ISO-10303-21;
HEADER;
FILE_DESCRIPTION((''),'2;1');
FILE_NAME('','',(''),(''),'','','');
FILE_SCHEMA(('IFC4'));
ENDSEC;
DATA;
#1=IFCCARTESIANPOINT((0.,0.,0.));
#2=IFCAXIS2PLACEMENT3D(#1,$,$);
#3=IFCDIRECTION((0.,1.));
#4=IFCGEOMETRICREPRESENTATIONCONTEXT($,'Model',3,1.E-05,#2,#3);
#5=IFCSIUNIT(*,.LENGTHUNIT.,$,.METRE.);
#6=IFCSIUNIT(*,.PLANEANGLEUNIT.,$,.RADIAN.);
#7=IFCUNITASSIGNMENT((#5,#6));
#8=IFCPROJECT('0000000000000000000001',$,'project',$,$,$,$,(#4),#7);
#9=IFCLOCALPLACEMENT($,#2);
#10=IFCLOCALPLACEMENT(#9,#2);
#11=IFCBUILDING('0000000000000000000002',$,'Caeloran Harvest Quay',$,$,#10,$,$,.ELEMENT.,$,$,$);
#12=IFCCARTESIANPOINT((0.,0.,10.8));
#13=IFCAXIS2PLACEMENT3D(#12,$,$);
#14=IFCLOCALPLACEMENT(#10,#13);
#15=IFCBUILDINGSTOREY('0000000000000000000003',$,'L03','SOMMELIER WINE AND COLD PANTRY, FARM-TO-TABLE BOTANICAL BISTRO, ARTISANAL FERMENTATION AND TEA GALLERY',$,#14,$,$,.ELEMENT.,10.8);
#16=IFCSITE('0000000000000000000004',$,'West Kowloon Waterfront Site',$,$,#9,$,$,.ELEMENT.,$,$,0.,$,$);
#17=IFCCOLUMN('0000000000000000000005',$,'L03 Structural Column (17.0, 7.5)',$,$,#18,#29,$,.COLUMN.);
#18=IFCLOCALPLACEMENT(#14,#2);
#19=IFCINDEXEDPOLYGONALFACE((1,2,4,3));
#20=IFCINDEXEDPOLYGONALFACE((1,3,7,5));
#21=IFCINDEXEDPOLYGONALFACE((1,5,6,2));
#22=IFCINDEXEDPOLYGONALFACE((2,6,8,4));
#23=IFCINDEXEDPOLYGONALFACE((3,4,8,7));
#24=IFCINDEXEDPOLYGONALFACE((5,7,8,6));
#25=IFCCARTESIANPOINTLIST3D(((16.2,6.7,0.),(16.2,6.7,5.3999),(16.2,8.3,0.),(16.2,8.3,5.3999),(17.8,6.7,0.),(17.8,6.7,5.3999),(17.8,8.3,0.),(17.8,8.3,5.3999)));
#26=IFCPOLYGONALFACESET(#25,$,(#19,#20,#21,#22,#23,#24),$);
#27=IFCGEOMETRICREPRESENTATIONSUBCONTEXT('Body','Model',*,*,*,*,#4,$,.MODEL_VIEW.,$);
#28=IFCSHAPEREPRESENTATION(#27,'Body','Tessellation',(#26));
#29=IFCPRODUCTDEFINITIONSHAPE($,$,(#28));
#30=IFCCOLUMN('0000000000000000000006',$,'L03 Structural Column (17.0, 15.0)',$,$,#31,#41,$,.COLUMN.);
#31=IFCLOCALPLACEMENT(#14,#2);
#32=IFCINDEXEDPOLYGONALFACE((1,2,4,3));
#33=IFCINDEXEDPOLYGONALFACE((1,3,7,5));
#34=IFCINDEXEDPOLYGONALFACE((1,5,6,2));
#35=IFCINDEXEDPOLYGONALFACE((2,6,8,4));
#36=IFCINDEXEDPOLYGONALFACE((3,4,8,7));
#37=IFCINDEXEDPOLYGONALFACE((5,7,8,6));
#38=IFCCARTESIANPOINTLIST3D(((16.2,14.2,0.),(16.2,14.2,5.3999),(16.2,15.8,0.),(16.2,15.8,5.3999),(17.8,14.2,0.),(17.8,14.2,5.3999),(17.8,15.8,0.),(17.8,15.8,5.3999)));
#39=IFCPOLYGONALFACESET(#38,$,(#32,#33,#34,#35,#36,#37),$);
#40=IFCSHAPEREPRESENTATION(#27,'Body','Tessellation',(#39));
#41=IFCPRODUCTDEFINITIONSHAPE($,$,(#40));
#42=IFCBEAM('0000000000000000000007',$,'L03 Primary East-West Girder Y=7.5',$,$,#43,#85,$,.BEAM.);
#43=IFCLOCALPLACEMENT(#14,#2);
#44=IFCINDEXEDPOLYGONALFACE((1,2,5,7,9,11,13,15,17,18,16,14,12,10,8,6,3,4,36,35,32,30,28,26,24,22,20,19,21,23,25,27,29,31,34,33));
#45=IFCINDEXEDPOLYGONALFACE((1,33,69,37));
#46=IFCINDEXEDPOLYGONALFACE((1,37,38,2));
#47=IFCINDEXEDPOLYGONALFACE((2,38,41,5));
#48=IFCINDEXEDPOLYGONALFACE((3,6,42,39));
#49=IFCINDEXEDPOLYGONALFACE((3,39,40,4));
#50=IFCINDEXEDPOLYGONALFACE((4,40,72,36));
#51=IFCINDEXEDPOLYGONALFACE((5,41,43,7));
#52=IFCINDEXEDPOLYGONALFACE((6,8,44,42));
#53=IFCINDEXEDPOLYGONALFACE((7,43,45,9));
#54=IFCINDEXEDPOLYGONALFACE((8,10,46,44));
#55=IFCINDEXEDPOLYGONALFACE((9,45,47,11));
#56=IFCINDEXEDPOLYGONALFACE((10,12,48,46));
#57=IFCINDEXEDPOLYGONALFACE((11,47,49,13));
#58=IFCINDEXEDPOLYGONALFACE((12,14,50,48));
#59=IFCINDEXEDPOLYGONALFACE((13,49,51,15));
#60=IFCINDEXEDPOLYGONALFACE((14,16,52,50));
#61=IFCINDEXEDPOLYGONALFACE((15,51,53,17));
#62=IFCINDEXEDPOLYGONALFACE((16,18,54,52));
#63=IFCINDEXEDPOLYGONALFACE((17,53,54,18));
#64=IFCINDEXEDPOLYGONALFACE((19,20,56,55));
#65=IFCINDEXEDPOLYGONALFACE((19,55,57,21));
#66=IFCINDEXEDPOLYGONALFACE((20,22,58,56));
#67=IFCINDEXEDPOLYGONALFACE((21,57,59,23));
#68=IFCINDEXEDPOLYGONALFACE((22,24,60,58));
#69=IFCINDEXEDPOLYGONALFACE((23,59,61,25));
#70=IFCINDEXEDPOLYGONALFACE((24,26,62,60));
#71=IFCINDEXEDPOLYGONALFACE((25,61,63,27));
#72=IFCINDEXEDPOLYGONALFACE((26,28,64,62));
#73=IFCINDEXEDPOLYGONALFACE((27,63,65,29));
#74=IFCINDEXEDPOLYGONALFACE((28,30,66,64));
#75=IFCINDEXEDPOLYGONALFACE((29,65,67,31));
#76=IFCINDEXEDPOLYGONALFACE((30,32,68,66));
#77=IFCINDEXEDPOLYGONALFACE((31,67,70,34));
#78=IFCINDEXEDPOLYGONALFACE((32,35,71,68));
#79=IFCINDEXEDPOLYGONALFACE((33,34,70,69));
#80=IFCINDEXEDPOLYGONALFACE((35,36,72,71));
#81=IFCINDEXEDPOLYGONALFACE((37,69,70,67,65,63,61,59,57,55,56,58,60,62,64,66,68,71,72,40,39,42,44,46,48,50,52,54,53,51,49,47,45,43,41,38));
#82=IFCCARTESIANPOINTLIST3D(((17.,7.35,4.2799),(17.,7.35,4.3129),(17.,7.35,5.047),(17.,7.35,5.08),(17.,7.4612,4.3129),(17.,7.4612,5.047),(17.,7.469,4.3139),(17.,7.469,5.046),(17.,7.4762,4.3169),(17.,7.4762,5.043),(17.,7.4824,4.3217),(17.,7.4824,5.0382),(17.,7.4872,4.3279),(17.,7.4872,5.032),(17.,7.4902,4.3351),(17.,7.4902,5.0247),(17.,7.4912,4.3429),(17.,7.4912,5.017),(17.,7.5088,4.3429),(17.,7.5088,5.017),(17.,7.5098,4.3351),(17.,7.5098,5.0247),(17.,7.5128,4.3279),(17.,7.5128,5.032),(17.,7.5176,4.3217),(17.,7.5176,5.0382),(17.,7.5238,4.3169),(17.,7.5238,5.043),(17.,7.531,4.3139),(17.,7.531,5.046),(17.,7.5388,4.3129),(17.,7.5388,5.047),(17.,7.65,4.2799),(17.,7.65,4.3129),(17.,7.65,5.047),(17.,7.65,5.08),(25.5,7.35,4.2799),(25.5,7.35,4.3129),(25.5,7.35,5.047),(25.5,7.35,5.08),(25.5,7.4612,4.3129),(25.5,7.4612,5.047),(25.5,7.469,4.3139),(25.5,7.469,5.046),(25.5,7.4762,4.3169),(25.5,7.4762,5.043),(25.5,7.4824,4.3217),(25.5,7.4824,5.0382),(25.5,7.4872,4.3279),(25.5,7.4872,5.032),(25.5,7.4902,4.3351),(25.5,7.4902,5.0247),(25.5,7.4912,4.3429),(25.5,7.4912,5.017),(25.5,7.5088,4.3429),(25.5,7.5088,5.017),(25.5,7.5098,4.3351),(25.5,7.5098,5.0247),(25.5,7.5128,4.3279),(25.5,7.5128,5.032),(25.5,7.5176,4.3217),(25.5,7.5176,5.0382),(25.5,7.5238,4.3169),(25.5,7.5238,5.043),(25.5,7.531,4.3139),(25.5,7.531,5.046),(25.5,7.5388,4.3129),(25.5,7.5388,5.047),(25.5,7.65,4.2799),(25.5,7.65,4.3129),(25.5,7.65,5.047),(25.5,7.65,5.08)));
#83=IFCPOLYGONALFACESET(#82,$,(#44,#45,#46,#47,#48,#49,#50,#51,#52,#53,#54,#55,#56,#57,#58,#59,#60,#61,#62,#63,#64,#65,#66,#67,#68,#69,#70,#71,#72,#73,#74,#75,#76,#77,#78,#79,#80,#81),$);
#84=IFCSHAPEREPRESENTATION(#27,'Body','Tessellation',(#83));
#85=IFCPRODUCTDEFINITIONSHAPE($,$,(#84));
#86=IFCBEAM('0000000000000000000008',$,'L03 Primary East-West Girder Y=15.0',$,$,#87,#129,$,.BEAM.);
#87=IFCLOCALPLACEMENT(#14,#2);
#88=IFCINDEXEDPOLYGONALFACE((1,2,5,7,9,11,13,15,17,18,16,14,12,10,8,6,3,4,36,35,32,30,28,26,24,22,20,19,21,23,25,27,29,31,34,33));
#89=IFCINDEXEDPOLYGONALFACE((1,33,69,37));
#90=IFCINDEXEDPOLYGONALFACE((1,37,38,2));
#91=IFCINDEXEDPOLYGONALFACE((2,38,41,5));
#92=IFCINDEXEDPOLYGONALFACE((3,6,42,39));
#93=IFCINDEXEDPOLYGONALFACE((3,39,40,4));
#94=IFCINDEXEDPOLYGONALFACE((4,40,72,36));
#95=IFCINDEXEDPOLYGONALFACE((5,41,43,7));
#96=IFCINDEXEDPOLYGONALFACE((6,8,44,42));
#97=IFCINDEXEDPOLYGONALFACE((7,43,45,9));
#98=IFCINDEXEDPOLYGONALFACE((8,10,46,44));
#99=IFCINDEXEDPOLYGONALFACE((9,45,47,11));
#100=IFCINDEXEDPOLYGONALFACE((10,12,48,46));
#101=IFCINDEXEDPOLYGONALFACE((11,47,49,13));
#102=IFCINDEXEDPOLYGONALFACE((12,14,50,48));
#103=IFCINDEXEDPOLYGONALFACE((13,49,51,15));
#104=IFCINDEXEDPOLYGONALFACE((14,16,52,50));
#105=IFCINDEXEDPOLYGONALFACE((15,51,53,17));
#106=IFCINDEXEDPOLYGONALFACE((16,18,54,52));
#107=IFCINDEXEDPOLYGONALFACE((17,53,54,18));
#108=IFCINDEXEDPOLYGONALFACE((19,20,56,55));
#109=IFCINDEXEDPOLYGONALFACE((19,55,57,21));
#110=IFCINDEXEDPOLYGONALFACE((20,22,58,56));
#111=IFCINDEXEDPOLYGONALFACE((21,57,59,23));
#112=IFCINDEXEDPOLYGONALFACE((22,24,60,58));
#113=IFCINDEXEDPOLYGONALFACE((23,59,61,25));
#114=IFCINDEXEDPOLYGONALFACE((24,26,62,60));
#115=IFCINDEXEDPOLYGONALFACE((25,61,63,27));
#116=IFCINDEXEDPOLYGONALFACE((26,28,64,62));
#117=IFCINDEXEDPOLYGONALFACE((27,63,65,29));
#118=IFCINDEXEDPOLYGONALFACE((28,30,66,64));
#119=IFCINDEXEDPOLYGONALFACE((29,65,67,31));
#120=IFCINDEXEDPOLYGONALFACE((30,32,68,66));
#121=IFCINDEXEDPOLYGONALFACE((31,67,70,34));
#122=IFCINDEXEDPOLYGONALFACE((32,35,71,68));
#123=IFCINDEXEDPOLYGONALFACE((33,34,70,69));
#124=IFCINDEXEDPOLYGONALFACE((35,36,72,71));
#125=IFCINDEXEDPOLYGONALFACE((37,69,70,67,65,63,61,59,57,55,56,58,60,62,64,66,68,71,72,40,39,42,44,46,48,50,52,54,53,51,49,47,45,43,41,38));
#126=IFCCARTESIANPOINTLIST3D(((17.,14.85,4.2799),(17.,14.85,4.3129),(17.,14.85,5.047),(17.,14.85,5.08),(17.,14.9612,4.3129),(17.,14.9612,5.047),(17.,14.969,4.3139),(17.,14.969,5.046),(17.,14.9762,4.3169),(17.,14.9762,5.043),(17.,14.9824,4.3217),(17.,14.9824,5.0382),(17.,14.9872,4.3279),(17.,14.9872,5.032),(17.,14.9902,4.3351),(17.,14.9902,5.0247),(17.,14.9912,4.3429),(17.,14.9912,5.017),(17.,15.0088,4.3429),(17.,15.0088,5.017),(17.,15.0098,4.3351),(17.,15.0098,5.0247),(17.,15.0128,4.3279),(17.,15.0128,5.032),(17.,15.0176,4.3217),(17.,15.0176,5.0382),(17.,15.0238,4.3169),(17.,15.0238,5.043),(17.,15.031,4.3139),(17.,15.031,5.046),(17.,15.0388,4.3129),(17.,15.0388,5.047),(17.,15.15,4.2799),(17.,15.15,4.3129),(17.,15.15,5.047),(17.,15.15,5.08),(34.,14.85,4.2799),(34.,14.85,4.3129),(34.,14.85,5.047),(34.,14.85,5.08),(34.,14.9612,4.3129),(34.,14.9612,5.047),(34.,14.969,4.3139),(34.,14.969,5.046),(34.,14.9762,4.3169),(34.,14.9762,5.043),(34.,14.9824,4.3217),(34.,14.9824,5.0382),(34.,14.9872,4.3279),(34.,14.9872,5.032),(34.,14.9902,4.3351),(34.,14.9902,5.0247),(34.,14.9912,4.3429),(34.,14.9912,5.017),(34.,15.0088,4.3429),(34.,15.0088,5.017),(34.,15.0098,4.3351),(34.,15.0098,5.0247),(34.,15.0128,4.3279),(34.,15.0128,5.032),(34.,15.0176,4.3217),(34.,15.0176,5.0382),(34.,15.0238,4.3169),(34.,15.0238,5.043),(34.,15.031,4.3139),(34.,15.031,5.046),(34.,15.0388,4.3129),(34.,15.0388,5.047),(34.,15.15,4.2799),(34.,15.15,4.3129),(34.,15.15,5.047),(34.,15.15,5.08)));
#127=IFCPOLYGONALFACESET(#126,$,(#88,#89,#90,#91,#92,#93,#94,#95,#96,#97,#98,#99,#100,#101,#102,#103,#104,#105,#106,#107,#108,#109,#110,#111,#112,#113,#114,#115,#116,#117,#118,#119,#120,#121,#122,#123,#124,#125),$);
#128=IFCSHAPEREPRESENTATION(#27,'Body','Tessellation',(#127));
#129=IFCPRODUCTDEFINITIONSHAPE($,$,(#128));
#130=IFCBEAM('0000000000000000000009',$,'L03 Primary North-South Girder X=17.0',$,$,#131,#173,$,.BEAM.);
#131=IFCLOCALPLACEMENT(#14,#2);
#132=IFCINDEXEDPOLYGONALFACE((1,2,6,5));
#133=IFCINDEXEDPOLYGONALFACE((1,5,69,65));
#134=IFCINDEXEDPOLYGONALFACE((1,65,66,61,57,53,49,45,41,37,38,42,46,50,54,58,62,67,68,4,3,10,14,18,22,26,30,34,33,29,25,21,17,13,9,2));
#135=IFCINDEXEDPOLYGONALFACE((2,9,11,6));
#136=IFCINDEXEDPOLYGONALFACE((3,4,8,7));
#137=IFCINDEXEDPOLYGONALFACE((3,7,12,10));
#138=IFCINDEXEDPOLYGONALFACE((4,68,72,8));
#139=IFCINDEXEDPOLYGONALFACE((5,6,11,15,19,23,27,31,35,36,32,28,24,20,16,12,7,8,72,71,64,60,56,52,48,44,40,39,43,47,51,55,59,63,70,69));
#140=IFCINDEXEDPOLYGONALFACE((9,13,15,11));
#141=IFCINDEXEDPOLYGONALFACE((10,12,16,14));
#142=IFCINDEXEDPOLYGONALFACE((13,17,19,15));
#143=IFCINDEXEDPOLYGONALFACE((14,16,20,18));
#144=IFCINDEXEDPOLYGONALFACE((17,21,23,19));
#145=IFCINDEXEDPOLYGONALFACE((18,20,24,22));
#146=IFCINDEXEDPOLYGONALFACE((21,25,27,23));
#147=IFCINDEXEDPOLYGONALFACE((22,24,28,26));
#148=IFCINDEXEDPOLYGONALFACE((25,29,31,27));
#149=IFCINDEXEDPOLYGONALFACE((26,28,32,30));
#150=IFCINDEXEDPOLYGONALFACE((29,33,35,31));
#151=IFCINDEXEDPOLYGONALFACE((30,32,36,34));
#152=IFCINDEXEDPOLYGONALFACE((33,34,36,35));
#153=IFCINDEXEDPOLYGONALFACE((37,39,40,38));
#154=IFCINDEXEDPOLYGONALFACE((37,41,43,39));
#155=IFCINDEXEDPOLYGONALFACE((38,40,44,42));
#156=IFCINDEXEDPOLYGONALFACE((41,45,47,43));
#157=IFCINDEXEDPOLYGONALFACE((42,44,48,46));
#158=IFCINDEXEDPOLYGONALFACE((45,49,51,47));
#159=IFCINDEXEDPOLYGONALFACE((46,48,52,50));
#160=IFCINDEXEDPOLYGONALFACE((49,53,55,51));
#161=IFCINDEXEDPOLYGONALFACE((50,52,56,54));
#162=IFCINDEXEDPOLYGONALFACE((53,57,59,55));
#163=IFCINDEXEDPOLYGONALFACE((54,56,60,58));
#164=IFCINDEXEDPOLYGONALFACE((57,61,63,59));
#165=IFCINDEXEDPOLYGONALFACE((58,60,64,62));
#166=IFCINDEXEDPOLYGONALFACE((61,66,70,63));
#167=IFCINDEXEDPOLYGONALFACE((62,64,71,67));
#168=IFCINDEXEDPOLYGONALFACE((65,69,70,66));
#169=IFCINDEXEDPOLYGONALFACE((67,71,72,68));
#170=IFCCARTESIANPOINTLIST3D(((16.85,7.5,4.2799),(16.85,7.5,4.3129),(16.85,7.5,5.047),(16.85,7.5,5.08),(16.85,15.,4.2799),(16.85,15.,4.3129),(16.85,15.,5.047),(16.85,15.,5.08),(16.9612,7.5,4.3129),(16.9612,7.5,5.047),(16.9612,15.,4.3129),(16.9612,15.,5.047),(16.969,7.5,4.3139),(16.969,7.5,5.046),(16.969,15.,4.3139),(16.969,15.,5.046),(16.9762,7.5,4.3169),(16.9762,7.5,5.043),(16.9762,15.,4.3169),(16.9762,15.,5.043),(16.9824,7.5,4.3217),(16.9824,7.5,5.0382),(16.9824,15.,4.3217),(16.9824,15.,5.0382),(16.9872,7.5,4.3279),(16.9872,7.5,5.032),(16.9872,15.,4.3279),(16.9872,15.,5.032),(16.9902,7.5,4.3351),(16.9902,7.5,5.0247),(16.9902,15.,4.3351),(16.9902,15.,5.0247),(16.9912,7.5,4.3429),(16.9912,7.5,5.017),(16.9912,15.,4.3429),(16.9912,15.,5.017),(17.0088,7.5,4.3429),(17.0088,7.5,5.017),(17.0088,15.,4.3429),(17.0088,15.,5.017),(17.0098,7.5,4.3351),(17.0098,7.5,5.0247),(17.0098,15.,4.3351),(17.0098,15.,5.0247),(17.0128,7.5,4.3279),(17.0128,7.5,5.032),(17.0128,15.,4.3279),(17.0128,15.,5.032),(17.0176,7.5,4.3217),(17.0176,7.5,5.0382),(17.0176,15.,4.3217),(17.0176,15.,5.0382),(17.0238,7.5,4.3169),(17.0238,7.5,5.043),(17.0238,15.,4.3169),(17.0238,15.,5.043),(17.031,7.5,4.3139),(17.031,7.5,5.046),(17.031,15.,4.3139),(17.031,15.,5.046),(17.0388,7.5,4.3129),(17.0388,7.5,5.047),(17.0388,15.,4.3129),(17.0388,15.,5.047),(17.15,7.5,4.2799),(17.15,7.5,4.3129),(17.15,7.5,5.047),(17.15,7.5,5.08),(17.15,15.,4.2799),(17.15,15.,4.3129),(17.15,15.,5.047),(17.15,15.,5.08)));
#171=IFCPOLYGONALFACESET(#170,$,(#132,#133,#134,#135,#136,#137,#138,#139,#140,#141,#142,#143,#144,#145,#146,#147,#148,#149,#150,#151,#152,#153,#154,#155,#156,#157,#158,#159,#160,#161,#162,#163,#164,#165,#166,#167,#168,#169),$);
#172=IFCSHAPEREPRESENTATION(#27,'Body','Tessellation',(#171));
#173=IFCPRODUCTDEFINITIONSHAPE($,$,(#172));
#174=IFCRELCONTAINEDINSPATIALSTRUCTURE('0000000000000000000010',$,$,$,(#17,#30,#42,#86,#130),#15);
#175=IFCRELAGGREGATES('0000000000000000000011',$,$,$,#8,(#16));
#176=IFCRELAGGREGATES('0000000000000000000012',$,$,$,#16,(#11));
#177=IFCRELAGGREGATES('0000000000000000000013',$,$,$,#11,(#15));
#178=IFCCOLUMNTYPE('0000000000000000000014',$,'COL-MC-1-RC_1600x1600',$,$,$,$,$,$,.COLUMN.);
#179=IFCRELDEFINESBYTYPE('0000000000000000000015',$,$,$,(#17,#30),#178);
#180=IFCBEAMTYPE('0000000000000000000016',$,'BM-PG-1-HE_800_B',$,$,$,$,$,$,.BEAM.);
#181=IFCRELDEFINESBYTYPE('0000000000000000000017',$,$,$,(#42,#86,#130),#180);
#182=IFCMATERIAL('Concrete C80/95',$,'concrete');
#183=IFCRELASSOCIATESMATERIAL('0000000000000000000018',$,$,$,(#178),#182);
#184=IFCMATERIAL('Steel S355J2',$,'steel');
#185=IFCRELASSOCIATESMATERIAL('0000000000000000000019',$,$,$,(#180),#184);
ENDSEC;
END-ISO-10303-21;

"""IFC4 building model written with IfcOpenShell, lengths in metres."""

from ifc_helpers import new_model, si_unit, direction, frame, origin, origin_2d, place, context, subcontext, project, spatial, rectangle, i_section, extrude, material, material_profile, profile_set, type_object, element, save


model = new_model("IFC4")

# Units and contexts
model_context = context("Model", 3, precision=1e-05, world=origin(), true_north=direction((0.0, 1.0)))
body_context = subcontext(model_context, "Body", "Model", "MODEL_VIEW")
ifc_project = project(units=[si_unit("LENGTHUNIT", "METRE"), si_unit("PLANEANGLEUNIT", "RADIAN")], contexts=[model_context])

# Site, building, storey
site_placement = place(None, origin())
site = spatial("IfcSite", under=ifc_project, at=site_placement, Name="West Kowloon Waterfront Site", CompositionType="ELEMENT", RefElevation=0.0)
building_placement = place(site_placement, origin())
building = spatial("IfcBuilding", under=site, at=building_placement, Name="Caeloran Harvest Quay", CompositionType="ELEMENT")
storey_placement = place(building_placement, frame((0.0, 0.0, 10.8)))
storey = spatial("IfcBuildingStorey", under=building, at=storey_placement, Name="L03", Description="SOMMELIER WINE AND COLD PANTRY, FARM-TO-TABLE BOTANICAL BISTRO, ARTISANAL FERMENTATION AND TEA GALLERY", CompositionType="ELEMENT", Elevation=10.8)

# Columns
ifc_material_1 = material(Name="Concrete C80/95", Category="concrete")
ifc_material_profile_1 = material_profile(ifc_material_1, rectangle(XDim=1.6001, YDim=1.6001, at=origin_2d()), Name="RC 1600x1600")
ifc_profile_set_1 = profile_set([ifc_material_profile_1], Name="Concrete C80/95")
column_type = type_object("IfcColumnType", Name="COL-MC-1-RC_1600x1600", PredefinedType="COLUMN", material=ifc_profile_set_1)
for number, where, z_axis, x_axis, name in (
    (1, (17.0, 7.5, 0.0), (0.0, 0.0, 1.0), (1.0, 0.0, 0.0), "L03 Structural Column (17.0, 7.5)"),
    (2, (17.0, 15.0, 0.0), (0.0, 0.0, 1.0), (1.0, 0.0, 0.0), "L03 Structural Column (17.0, 15.0)"),
):
    element("IfcColumn", number, at=place(storey_placement, frame(where, z_axis=z_axis, x_axis=x_axis)), inside=storey, type_object=column_type, Name=name, PredefinedType="COLUMN", context=body_context, shape_type="SweptSolid", body=[
        extrude(rectangle(XDim=1.6001, YDim=1.6001, at=origin_2d()), origin(), (0.0, 0.0, 1.0), 5.3999),
    ])

# Beams
ifc_material_2 = material(Name="Steel S355J2", Category="steel")
ifc_material_profile_2 = material_profile(ifc_material_2, i_section(OverallWidth=0.3, OverallDepth=0.8, WebThickness=0.0176, FlangeThickness=0.033, FilletRadius=0.03, at=origin_2d()), Name="HE 800 B")
ifc_profile_set_2 = profile_set([ifc_material_profile_2], Name="Steel S355J2")
beam_type_1 = type_object("IfcBeamType", Name="BM-PG-1-HE_800_B", PredefinedType="BEAM", material=ifc_profile_set_2)
beam_1_placement = place(storey_placement, frame((17.0, 7.5, 4.6799), z_axis=(1.0, 0.0, 0.0), x_axis=(0.0, 1.0, 0.0)))
element("IfcBeam", 3, at=beam_1_placement, inside=storey, type_object=beam_type_1, Name="L03 Primary East-West Girder Y=7.5", PredefinedType="BEAM", context=body_context, shape_type="SweptSolid", body=[
    extrude(i_section(OverallWidth=0.3, OverallDepth=0.8, WebThickness=0.0176, FlangeThickness=0.033, FilletRadius=0.03, at=origin_2d()), origin(), (0.0, 0.0, 1.0), 8.5),
])
beam_2_placement = place(storey_placement, frame((17.0, 15.0, 4.6799), z_axis=(1.0, 0.0, 0.0), x_axis=(0.0, 1.0, 0.0)))
element("IfcBeam", 4, at=beam_2_placement, inside=storey, type_object=beam_type_1, Name="L03 Primary East-West Girder Y=15.0", PredefinedType="BEAM", context=body_context, shape_type="SweptSolid", body=[
    extrude(i_section(OverallWidth=0.3, OverallDepth=0.8, WebThickness=0.0176, FlangeThickness=0.033, FilletRadius=0.03, at=origin_2d()), origin(), (0.0, 0.0, 1.0), 17.0),
])
beam_3_placement = place(storey_placement, frame((17.0, 7.5, 4.6799), z_axis=(0.0, 1.0, 0.0), x_axis=(-1.0, 0.0, 0.0)))
element("IfcBeam", 5, at=beam_3_placement, inside=storey, type_object=beam_type_1, Name="L03 Primary North-South Girder X=17.0", PredefinedType="BEAM", context=body_context, shape_type="SweptSolid", body=[
    extrude(i_section(OverallWidth=0.3, OverallDepth=0.8, WebThickness=0.0176, FlangeThickness=0.033, FilletRadius=0.03, at=origin_2d()), origin(), (0.0, 0.0, 1.0), 7.5),
])

save(model, "model.ifc")
